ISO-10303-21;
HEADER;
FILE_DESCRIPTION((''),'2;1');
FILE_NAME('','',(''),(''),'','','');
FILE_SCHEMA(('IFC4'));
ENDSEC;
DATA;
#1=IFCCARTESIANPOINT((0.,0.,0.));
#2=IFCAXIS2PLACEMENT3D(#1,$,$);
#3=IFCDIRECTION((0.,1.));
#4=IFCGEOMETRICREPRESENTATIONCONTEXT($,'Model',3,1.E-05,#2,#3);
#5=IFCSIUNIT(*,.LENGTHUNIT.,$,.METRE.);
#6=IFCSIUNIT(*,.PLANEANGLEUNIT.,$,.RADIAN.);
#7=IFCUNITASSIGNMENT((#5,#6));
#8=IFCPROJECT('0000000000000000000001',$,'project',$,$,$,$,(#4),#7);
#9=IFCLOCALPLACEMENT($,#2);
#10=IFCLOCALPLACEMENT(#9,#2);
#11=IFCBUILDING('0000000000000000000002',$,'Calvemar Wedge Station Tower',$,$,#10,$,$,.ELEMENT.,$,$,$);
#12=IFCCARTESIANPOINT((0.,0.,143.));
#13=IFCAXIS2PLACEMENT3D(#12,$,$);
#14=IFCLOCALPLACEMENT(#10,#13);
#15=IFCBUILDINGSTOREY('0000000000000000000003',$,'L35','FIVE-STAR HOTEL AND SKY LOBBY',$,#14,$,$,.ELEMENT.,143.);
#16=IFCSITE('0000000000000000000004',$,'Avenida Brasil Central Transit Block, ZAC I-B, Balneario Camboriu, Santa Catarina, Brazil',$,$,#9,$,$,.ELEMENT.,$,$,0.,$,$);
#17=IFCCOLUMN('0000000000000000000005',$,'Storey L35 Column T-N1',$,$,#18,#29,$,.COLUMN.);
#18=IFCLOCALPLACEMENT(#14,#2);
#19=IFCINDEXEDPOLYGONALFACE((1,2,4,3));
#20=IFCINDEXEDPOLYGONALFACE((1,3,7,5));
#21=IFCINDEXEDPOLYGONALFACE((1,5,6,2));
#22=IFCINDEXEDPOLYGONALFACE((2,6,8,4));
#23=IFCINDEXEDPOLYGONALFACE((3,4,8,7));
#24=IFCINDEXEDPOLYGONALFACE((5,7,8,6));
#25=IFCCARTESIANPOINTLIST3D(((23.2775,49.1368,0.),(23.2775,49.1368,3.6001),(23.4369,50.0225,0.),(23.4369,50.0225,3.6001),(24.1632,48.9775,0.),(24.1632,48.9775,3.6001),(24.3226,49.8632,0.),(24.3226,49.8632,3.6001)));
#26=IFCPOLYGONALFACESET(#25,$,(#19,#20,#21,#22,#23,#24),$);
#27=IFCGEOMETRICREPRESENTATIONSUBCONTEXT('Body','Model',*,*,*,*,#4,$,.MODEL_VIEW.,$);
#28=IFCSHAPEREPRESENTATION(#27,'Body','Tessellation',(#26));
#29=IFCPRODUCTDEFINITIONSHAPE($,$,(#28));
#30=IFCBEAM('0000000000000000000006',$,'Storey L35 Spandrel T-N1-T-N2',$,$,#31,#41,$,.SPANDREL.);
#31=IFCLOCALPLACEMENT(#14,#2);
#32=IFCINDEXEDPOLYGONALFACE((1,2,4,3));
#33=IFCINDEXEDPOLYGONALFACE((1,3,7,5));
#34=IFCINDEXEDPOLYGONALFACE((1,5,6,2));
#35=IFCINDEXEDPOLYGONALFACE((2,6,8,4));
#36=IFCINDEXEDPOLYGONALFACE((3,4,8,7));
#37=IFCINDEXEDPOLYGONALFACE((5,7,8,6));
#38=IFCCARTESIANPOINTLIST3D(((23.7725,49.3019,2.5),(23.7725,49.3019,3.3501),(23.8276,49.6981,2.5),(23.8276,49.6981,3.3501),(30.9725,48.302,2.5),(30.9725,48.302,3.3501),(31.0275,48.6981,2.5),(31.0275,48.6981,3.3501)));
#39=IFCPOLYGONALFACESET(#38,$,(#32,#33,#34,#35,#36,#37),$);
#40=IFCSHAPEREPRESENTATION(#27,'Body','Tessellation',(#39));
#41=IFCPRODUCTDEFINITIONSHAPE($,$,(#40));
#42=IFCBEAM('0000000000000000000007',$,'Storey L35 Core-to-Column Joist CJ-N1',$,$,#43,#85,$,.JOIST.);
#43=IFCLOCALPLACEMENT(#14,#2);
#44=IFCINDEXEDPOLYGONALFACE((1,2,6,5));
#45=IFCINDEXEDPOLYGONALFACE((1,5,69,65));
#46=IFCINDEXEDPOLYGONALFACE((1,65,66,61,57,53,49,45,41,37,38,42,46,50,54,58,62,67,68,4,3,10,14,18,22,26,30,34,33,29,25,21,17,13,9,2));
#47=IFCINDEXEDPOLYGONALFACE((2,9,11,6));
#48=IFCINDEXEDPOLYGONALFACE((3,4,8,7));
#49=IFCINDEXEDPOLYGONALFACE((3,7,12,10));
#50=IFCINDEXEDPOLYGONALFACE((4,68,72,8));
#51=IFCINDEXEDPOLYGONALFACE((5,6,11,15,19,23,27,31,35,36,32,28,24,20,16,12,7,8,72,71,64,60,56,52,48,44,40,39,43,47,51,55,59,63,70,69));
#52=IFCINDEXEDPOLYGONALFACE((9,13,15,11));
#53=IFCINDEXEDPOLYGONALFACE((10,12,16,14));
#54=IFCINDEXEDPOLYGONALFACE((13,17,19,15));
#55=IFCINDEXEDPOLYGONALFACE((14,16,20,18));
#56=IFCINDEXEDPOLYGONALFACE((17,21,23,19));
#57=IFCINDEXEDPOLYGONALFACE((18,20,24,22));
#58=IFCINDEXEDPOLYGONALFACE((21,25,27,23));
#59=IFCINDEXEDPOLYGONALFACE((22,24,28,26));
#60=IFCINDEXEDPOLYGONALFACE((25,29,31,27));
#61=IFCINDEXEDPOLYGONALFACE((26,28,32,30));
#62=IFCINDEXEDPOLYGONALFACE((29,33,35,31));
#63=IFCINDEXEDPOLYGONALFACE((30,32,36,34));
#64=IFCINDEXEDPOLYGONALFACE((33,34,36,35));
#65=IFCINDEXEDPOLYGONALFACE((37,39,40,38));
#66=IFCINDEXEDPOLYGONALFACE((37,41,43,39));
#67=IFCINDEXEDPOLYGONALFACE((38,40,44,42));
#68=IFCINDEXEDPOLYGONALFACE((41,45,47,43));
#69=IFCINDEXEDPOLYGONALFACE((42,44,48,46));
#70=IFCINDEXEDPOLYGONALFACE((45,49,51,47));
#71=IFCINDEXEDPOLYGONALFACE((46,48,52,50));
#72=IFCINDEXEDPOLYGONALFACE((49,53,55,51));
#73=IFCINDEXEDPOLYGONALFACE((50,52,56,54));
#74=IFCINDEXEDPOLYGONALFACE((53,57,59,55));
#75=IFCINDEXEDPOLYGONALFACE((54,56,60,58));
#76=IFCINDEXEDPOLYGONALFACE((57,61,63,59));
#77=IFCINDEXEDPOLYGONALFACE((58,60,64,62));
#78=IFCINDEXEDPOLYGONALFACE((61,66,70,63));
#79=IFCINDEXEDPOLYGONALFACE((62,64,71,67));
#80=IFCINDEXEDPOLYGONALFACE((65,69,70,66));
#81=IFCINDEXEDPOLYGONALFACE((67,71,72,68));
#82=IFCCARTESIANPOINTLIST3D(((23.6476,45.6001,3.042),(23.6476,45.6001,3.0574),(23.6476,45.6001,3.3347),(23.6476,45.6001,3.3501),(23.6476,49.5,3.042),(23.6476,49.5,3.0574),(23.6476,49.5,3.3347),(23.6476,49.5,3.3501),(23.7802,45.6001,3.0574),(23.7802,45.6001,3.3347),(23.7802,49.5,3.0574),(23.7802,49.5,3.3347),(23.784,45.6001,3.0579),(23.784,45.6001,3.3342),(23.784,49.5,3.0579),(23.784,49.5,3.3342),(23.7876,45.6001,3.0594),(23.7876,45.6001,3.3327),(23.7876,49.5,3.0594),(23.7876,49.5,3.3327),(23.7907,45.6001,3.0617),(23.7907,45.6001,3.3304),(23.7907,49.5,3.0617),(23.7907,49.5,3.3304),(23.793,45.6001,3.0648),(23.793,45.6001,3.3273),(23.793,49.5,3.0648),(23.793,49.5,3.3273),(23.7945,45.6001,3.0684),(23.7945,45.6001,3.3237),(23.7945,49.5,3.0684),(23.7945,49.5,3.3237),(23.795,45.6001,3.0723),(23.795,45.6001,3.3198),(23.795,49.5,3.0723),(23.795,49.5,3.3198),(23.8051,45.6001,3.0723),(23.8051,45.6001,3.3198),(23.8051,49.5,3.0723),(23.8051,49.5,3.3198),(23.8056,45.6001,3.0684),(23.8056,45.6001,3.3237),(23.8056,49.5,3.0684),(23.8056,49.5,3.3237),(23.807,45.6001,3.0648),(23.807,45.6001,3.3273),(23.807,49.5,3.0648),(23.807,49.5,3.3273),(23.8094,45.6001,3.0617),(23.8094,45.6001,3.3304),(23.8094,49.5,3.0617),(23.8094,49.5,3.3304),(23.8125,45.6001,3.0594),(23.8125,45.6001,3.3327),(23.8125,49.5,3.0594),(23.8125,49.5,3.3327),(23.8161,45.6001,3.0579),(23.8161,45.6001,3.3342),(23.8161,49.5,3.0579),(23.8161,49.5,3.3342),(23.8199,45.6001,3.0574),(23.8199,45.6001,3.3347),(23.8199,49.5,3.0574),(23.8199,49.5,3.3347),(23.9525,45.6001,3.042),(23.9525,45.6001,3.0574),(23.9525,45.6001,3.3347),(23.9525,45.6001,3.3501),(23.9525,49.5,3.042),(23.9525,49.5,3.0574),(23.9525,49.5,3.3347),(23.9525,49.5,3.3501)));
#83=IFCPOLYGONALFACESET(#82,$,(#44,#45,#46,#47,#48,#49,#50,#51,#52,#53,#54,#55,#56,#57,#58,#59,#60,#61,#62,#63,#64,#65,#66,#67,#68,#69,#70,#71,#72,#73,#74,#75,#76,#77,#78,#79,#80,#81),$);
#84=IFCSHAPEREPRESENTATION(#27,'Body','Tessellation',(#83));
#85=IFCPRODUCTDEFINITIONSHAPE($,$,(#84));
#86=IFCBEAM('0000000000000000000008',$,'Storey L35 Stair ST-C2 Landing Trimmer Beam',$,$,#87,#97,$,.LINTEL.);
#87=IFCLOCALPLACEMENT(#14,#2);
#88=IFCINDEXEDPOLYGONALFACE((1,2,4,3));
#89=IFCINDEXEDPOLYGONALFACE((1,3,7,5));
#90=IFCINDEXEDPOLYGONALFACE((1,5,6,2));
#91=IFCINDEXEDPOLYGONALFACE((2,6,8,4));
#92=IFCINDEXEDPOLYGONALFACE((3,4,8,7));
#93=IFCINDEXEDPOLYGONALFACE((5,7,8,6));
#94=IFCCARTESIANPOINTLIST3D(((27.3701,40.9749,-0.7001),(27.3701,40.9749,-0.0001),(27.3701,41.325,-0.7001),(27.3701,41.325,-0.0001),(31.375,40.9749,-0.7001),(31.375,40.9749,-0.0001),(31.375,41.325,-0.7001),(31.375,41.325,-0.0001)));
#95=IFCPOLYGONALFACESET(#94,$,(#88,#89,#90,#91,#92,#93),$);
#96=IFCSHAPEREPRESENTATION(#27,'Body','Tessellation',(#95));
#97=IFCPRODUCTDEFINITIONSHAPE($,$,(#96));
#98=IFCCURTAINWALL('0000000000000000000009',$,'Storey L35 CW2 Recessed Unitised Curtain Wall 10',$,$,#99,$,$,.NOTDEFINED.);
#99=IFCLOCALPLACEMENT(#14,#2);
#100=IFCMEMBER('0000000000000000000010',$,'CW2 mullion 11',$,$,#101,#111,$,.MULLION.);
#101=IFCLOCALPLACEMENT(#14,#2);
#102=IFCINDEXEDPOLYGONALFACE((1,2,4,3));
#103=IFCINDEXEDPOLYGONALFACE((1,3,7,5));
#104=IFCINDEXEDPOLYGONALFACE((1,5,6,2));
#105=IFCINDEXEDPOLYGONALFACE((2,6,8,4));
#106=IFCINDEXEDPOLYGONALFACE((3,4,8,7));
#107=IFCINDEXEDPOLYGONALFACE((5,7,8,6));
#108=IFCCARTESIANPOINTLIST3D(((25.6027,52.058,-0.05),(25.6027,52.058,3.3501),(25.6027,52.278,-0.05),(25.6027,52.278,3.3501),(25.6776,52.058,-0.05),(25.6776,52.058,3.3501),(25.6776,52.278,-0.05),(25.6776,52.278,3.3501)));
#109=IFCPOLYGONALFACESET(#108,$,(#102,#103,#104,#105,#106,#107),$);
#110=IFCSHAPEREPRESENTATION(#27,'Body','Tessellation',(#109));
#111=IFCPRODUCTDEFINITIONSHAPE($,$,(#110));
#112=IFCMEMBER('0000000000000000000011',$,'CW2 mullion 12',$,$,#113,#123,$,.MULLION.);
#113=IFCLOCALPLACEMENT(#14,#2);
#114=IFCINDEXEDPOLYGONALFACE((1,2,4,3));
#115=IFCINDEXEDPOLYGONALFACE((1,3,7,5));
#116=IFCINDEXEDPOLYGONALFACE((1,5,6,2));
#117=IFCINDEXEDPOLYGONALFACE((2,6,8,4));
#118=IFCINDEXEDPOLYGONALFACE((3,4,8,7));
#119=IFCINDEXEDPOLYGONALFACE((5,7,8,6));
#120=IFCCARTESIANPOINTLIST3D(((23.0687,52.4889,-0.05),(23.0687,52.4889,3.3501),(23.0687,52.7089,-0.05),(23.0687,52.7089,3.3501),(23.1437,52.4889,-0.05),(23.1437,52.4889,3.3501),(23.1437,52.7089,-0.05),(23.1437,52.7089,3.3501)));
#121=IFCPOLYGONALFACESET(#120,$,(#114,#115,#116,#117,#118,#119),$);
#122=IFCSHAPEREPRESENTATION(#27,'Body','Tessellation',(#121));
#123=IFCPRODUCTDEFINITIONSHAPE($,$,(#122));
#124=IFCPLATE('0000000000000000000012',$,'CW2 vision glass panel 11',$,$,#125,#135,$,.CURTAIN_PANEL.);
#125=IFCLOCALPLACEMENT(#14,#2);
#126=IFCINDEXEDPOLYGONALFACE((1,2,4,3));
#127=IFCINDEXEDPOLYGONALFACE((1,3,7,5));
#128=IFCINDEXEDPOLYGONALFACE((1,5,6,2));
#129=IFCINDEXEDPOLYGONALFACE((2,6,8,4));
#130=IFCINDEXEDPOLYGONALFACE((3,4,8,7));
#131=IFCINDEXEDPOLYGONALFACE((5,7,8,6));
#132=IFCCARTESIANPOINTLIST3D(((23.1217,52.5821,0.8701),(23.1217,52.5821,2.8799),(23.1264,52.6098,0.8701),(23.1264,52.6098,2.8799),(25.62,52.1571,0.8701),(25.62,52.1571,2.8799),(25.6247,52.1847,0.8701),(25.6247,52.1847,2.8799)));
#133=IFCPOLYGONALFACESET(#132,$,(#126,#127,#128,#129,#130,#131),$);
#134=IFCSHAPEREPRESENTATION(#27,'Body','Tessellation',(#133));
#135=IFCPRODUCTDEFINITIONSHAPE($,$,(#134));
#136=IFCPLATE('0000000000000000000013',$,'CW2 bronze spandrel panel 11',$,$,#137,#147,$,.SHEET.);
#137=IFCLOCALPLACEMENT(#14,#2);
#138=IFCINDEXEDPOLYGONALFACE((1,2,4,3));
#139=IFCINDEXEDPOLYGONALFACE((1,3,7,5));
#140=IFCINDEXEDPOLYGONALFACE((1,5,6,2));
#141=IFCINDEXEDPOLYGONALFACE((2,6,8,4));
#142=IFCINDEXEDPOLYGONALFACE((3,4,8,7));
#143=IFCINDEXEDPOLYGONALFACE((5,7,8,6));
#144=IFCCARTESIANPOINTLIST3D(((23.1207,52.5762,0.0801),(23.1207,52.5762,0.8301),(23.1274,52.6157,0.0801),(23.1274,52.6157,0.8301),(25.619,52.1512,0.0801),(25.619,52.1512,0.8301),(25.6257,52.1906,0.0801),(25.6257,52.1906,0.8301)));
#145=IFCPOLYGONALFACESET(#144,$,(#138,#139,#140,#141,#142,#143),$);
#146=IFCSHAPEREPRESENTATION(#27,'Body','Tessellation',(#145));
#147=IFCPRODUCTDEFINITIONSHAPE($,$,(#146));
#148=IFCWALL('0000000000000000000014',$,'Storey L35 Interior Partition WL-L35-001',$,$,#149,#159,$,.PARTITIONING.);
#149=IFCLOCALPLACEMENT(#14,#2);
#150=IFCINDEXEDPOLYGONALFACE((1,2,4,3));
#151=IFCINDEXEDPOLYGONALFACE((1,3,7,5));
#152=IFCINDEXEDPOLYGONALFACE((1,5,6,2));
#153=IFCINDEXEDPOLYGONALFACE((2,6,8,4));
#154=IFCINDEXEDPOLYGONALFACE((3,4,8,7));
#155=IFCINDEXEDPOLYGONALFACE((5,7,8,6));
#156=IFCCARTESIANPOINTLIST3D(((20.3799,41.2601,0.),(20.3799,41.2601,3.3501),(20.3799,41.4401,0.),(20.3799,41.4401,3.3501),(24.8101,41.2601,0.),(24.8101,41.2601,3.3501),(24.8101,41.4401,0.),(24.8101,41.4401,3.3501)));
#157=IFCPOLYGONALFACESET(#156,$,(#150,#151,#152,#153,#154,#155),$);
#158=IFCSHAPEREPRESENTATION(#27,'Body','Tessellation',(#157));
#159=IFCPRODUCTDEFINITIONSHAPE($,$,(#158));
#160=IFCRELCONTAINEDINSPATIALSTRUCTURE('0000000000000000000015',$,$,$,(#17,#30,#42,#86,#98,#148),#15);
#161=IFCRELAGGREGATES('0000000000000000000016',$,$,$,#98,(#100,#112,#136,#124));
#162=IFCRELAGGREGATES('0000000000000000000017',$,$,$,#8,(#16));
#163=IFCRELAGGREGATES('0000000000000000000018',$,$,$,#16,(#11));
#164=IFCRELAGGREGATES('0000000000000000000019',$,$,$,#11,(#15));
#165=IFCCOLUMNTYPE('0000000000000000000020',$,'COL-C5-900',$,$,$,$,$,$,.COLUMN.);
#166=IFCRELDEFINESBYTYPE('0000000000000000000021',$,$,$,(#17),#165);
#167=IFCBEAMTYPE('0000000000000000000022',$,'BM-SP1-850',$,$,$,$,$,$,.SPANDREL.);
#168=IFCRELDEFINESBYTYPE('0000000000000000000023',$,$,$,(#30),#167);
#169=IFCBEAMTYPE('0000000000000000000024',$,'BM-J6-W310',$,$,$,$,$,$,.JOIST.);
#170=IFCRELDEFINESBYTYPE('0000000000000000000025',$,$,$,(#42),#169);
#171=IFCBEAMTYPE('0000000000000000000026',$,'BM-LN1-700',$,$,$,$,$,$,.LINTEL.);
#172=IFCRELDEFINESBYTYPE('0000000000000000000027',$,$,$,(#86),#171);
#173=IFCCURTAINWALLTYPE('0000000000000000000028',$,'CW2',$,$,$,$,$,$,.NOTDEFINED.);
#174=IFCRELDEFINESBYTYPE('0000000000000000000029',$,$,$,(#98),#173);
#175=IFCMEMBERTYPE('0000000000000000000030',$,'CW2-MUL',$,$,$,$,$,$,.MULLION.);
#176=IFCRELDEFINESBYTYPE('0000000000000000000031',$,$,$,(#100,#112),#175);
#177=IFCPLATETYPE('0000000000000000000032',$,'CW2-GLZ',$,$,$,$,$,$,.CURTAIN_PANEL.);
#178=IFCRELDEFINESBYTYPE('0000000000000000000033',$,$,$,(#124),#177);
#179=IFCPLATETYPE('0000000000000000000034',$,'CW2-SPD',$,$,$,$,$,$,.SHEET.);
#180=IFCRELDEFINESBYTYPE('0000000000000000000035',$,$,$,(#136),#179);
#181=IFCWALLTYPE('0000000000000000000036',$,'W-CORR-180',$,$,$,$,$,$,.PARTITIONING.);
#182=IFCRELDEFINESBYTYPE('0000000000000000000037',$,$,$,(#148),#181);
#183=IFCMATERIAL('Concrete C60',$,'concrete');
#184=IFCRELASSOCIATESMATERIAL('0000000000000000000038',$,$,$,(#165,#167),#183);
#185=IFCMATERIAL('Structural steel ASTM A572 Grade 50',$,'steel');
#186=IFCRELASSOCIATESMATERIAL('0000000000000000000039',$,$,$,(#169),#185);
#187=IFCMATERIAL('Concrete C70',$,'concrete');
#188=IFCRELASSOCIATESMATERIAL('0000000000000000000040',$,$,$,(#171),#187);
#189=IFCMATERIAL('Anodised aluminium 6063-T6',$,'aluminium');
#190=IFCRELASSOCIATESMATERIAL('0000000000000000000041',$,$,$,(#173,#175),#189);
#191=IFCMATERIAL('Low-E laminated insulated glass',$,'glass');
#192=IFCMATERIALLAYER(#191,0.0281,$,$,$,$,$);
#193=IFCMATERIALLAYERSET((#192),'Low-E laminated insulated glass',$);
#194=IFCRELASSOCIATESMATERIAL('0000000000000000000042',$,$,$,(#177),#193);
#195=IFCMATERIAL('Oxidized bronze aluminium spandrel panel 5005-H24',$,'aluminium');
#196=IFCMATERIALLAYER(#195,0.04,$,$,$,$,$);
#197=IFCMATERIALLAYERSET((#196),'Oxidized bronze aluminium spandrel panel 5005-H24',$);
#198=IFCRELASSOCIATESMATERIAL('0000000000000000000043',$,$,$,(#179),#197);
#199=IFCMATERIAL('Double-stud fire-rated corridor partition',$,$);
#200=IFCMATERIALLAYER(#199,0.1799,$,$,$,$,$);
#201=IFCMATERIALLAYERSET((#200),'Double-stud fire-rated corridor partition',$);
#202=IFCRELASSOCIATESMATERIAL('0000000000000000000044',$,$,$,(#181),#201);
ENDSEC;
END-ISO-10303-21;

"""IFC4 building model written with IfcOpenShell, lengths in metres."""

from ifc_helpers import new_model, si_unit, direction, frame, frame_2d, origin, origin_2d, place, context, subcontext, project, spatial, rectangle, i_section, extrude, source, transform, mapped, material, layer, layer_set, material_profile, profile_set, type_object, element, aggregate, save


model = new_model("IFC4")

# Units and contexts
model_context = context("Model", 3, precision=1e-05, world=origin(), true_north=direction((0.0, 1.0)))
body_context = subcontext(model_context, "Body", "Model", "MODEL_VIEW")
ifc_project = project(units=[si_unit("LENGTHUNIT", "METRE"), si_unit("PLANEANGLEUNIT", "RADIAN")], contexts=[model_context])

# Site, building, storey
site_placement = place(None, origin())
site = spatial("IfcSite", under=ifc_project, at=site_placement, Name="Avenida Brasil Central Transit Block, ZAC I-B, Balneario Camboriu, Santa Catarina, Brazil", CompositionType="ELEMENT", RefElevation=0.0)
building_placement = place(site_placement, origin())
building = spatial("IfcBuilding", under=site, at=building_placement, Name="Calvemar Wedge Station Tower", CompositionType="ELEMENT")
storey_placement = place(building_placement, frame((0.0, 0.0, 143.0)))
storey = spatial("IfcBuildingStorey", under=building, at=storey_placement, Name="L35", Description="FIVE-STAR HOTEL AND SKY LOBBY", CompositionType="ELEMENT", Elevation=143.0)

# Column
ifc_material_1 = material(Name="Concrete C60", Category="concrete")
ifc_material_profile_1 = material_profile(ifc_material_1, rectangle(XDim=0.8999, YDim=0.8999, at=origin_2d()), Name="RC900x900")
ifc_profile_set_1 = profile_set([ifc_material_profile_1], Name="Concrete C60")
column_type = type_object("IfcColumnType", Name="COL-C5-900", PredefinedType="COLUMN", material=ifc_profile_set_1)
shared_shape_1 = source(origin(), body_context, "Body", "SweptSolid", [
    extrude(rectangle(XDim=0.8999, YDim=0.8999, at=origin_2d()), origin(), (0.0, 0.0, 1.0), 3.6001),
])
column_placement = place(storey_placement, frame((23.8, 49.5, 0.0), z_axis=(0.0, 0.0, 1.0), x_axis=(0.984196, -0.177085, 0.0)))
element("IfcColumn", 1, at=column_placement, inside=storey, type_object=column_type, Name="Storey L35 Column T-N1", PredefinedType="COLUMN", context=body_context, shape_type="MappedRepresentation", body=[
    mapped(shared_shape_1, transform((0.0, 0.0, 0.0), scale=1.0)),
])

# Beams
ifc_material_profile_2 = material_profile(ifc_material_1, rectangle(XDim=0.3999, YDim=0.8501, at=origin_2d()), Name="RC400x850")
ifc_profile_set_2 = profile_set([ifc_material_profile_2], Name="Concrete C60")
beam_type_1 = type_object("IfcBeamType", Name="BM-SP1-850", PredefinedType="SPANDREL", material=ifc_profile_set_2)
shared_shape_2 = source(origin(), body_context, "Body", "SweptSolid", [
    extrude(rectangle(XDim=0.3999, YDim=0.8501, at=origin_2d()), origin(), (0.0, 0.0, 1.0), 7.269),
])
beam_1_placement = place(storey_placement, frame((23.8, 49.5, 2.925), z_axis=(0.990492, -0.137569, 0.0), x_axis=(0.137569, 0.990492, 0.0)))
element("IfcBeam", 2, at=beam_1_placement, inside=storey, type_object=beam_type_1, Name="Storey L35 Spandrel T-N1-T-N2", PredefinedType="SPANDREL", context=body_context, shape_type="MappedRepresentation", body=[
    mapped(shared_shape_2, transform((0.0, 0.0, 0.0), scale=1.0)),
])
ifc_material_2 = material(Name="Structural steel ASTM A572 Grade 50", Category="steel")
ifc_material_profile_3 = material_profile(ifc_material_2, i_section(OverallWidth=0.3049, OverallDepth=0.3081, WebThickness=0.01, FlangeThickness=0.0154, FilletRadius=0.0149, at=origin_2d()), Name="W310x97")
ifc_profile_set_3 = profile_set([ifc_material_profile_3], Name="Structural steel ASTM A572 Grade 50")
beam_type_2 = type_object("IfcBeamType", Name="BM-J6-W310", PredefinedType="JOIST", material=ifc_profile_set_3)
shared_shape_3 = source(origin(), body_context, "Body", "SweptSolid", [
    extrude(i_section(OverallWidth=0.3049, OverallDepth=0.3081, WebThickness=0.01, FlangeThickness=0.0154, FilletRadius=0.0149, at=origin_2d()), origin(), (0.0, 0.0, 1.0), 3.8999),
])
beam_2_placement = place(storey_placement, frame((23.8, 45.6001, 3.196), z_axis=(0.0, 1.0, 0.0), x_axis=(-1.0, 0.0, 0.0)))
element("IfcBeam", 3, at=beam_2_placement, inside=storey, type_object=beam_type_2, Name="Storey L35 Core-to-Column Joist CJ-N1", PredefinedType="JOIST", context=body_context, shape_type="MappedRepresentation", body=[
    mapped(shared_shape_3, transform((0.0, 0.0, 0.0), scale=1.0)),
])
ifc_material_3 = material(Name="Concrete C70", Category="concrete")
ifc_material_profile_4 = material_profile(ifc_material_3, rectangle(XDim=0.3501, YDim=0.7, at=origin_2d()), Name="RC350x700")
ifc_profile_set_4 = profile_set([ifc_material_profile_4], Name="Concrete C70")
beam_type_3 = type_object("IfcBeamType", Name="BM-LN1-700", PredefinedType="LINTEL", material=ifc_profile_set_4)
shared_shape_4 = source(origin(), body_context, "Body", "SweptSolid", [
    extrude(rectangle(XDim=0.3501, YDim=0.7, at=origin_2d()), origin(), (0.0, 0.0, 1.0), 4.0049),
])
beam_3_placement = place(storey_placement, frame((27.3701, 41.1499, -0.3501), z_axis=(1.0, 0.0, 0.0), x_axis=(0.0, 1.0, 0.0)))
element("IfcBeam", 4, at=beam_3_placement, inside=storey, type_object=beam_type_3, Name="Storey L35 Stair ST-C2 Landing Trimmer Beam", PredefinedType="LINTEL", context=body_context, shape_type="MappedRepresentation", body=[
    mapped(shared_shape_4, transform((0.0, 0.0, 0.0), scale=1.0)),
])

# Curtain wall, members, plates
ifc_material_4 = material(Name="Anodised aluminium 6063-T6", Category="aluminium")
curtain_wall_type = type_object("IfcCurtainWallType", Name="CW2", PredefinedType="NOTDEFINED", material=ifc_material_4)
curtain_wall_placement = place(storey_placement, origin())
curtain_wall = element("IfcCurtainWall", 5, at=curtain_wall_placement, inside=storey, type_object=curtain_wall_type, Name="Storey L35 CW2 Recessed Unitised Curtain Wall 10", PredefinedType="NOTDEFINED")
ifc_material_profile_5 = material_profile(ifc_material_4, rectangle(XDim=0.075, YDim=0.22, at=origin_2d()), Name="AL-MUL-75x220")
ifc_profile_set_5 = profile_set([ifc_material_profile_5], Name="Anodised aluminium 6063-T6")
member_type = type_object("IfcMemberType", Name="CW2-MUL", PredefinedType="MULLION", material=ifc_profile_set_5)
shared_shape_5 = source(origin(), body_context, "Body", "SweptSolid", [
    extrude(rectangle(XDim=0.075, YDim=0.22, at=origin_2d()), origin(), (0.0, 0.0, 1.0), 3.4001),
])
member_1_placement = place(storey_placement, frame((25.6401, 52.168, -0.05), z_axis=(0.0, 0.0, 1.0), x_axis=(1.0, 0.0, 0.0)))
member_1 = element("IfcMember", 6, at=member_1_placement, type_object=member_type, Name="CW2 mullion 11", PredefinedType="MULLION", context=body_context, shape_type="MappedRepresentation", body=[
    mapped(shared_shape_5, transform((0.0, 0.0, 0.0), scale=1.0)),
])
member_2_placement = place(storey_placement, frame((23.1062, 52.5989, -0.05), z_axis=(0.0, 0.0, 1.0), x_axis=(1.0, 0.0, 0.0)))
member_2 = element("IfcMember", 7, at=member_2_placement, type_object=member_type, Name="CW2 mullion 12", PredefinedType="MULLION", context=body_context, shape_type="MappedRepresentation", body=[
    mapped(shared_shape_5, transform((0.0, 0.0, 0.0), scale=1.0)),
])
ifc_material_5 = material(Name="Low-E laminated insulated glass", Category="glass")
ifc_layer_1 = layer(ifc_material_5, 0.0281)
ifc_layer_set_1 = layer_set([ifc_layer_1], Name="Low-E laminated insulated glass")
plate_type_1 = type_object("IfcPlateType", Name="CW2-GLZ", PredefinedType="CURTAIN_PANEL", material=ifc_layer_set_1)
plate_1_placement = place(storey_placement, frame((25.6223, 52.1709, 0.8701), z_axis=(0.0, 0.0, 1.0), x_axis=(-0.985834, 0.167726, 0.0)))
plate_1 = element("IfcPlate", 8, at=plate_1_placement, type_object=plate_type_1, Name="CW2 vision glass panel 11", PredefinedType="CURTAIN_PANEL", context=body_context, shape_type="SweptSolid", body=[
    extrude(rectangle(XDim=2.5342, YDim=0.0281, at=frame_2d((1.2671, 0.0))), origin(), (0.0, 0.0, 1.0), 2.0098),
])
ifc_material_6 = material(Name="Oxidized bronze aluminium spandrel panel 5005-H24", Category="aluminium")
ifc_layer_2 = layer(ifc_material_6, 0.04)
ifc_layer_set_2 = layer_set([ifc_layer_2], Name="Oxidized bronze aluminium spandrel panel 5005-H24")
plate_type_2 = type_object("IfcPlateType", Name="CW2-SPD", PredefinedType="SHEET", material=ifc_layer_set_2)
plate_2_placement = place(storey_placement, frame((25.6223, 52.1709, 0.0801), z_axis=(0.0, 0.0, 1.0), x_axis=(-0.985834, 0.167726, 0.0)))
plate_2 = element("IfcPlate", 9, at=plate_2_placement, type_object=plate_type_2, Name="CW2 bronze spandrel panel 11", PredefinedType="SHEET", context=body_context, shape_type="SweptSolid", body=[
    extrude(rectangle(XDim=2.5342, YDim=0.04, at=frame_2d((1.2671, 0.0))), origin(), (0.0, 0.0, 1.0), 0.75),
])
aggregate(curtain_wall, [member_1, member_2, plate_2, plate_1])

# Wall
ifc_material_7 = material(Name="Double-stud fire-rated corridor partition")
ifc_layer_3 = layer(ifc_material_7, 0.1799)
ifc_layer_set_3 = layer_set([ifc_layer_3], Name="Double-stud fire-rated corridor partition")
wall_type_1 = type_object("IfcWallType", Name="W-CORR-180", PredefinedType="PARTITIONING", material=ifc_layer_set_3)
wall_1_placement = place(storey_placement, frame((24.8101, 41.3501, 0.0), z_axis=(0.0, 0.0, 1.0), x_axis=(-1.0, 0.0, 0.0)))
element("IfcWall", 10, at=wall_1_placement, inside=storey, type_object=wall_type_1, Name="Storey L35 Interior Partition WL-L35-001", PredefinedType="PARTITIONING", context=body_context, shape_type="SweptSolid", body=[
    extrude(rectangle(XDim=4.4302, YDim=0.1799, at=frame_2d((2.2151, 0.0))), origin(), (0.0, 0.0, 1.0), 3.3501),
])

save(model, "model.ifc")
